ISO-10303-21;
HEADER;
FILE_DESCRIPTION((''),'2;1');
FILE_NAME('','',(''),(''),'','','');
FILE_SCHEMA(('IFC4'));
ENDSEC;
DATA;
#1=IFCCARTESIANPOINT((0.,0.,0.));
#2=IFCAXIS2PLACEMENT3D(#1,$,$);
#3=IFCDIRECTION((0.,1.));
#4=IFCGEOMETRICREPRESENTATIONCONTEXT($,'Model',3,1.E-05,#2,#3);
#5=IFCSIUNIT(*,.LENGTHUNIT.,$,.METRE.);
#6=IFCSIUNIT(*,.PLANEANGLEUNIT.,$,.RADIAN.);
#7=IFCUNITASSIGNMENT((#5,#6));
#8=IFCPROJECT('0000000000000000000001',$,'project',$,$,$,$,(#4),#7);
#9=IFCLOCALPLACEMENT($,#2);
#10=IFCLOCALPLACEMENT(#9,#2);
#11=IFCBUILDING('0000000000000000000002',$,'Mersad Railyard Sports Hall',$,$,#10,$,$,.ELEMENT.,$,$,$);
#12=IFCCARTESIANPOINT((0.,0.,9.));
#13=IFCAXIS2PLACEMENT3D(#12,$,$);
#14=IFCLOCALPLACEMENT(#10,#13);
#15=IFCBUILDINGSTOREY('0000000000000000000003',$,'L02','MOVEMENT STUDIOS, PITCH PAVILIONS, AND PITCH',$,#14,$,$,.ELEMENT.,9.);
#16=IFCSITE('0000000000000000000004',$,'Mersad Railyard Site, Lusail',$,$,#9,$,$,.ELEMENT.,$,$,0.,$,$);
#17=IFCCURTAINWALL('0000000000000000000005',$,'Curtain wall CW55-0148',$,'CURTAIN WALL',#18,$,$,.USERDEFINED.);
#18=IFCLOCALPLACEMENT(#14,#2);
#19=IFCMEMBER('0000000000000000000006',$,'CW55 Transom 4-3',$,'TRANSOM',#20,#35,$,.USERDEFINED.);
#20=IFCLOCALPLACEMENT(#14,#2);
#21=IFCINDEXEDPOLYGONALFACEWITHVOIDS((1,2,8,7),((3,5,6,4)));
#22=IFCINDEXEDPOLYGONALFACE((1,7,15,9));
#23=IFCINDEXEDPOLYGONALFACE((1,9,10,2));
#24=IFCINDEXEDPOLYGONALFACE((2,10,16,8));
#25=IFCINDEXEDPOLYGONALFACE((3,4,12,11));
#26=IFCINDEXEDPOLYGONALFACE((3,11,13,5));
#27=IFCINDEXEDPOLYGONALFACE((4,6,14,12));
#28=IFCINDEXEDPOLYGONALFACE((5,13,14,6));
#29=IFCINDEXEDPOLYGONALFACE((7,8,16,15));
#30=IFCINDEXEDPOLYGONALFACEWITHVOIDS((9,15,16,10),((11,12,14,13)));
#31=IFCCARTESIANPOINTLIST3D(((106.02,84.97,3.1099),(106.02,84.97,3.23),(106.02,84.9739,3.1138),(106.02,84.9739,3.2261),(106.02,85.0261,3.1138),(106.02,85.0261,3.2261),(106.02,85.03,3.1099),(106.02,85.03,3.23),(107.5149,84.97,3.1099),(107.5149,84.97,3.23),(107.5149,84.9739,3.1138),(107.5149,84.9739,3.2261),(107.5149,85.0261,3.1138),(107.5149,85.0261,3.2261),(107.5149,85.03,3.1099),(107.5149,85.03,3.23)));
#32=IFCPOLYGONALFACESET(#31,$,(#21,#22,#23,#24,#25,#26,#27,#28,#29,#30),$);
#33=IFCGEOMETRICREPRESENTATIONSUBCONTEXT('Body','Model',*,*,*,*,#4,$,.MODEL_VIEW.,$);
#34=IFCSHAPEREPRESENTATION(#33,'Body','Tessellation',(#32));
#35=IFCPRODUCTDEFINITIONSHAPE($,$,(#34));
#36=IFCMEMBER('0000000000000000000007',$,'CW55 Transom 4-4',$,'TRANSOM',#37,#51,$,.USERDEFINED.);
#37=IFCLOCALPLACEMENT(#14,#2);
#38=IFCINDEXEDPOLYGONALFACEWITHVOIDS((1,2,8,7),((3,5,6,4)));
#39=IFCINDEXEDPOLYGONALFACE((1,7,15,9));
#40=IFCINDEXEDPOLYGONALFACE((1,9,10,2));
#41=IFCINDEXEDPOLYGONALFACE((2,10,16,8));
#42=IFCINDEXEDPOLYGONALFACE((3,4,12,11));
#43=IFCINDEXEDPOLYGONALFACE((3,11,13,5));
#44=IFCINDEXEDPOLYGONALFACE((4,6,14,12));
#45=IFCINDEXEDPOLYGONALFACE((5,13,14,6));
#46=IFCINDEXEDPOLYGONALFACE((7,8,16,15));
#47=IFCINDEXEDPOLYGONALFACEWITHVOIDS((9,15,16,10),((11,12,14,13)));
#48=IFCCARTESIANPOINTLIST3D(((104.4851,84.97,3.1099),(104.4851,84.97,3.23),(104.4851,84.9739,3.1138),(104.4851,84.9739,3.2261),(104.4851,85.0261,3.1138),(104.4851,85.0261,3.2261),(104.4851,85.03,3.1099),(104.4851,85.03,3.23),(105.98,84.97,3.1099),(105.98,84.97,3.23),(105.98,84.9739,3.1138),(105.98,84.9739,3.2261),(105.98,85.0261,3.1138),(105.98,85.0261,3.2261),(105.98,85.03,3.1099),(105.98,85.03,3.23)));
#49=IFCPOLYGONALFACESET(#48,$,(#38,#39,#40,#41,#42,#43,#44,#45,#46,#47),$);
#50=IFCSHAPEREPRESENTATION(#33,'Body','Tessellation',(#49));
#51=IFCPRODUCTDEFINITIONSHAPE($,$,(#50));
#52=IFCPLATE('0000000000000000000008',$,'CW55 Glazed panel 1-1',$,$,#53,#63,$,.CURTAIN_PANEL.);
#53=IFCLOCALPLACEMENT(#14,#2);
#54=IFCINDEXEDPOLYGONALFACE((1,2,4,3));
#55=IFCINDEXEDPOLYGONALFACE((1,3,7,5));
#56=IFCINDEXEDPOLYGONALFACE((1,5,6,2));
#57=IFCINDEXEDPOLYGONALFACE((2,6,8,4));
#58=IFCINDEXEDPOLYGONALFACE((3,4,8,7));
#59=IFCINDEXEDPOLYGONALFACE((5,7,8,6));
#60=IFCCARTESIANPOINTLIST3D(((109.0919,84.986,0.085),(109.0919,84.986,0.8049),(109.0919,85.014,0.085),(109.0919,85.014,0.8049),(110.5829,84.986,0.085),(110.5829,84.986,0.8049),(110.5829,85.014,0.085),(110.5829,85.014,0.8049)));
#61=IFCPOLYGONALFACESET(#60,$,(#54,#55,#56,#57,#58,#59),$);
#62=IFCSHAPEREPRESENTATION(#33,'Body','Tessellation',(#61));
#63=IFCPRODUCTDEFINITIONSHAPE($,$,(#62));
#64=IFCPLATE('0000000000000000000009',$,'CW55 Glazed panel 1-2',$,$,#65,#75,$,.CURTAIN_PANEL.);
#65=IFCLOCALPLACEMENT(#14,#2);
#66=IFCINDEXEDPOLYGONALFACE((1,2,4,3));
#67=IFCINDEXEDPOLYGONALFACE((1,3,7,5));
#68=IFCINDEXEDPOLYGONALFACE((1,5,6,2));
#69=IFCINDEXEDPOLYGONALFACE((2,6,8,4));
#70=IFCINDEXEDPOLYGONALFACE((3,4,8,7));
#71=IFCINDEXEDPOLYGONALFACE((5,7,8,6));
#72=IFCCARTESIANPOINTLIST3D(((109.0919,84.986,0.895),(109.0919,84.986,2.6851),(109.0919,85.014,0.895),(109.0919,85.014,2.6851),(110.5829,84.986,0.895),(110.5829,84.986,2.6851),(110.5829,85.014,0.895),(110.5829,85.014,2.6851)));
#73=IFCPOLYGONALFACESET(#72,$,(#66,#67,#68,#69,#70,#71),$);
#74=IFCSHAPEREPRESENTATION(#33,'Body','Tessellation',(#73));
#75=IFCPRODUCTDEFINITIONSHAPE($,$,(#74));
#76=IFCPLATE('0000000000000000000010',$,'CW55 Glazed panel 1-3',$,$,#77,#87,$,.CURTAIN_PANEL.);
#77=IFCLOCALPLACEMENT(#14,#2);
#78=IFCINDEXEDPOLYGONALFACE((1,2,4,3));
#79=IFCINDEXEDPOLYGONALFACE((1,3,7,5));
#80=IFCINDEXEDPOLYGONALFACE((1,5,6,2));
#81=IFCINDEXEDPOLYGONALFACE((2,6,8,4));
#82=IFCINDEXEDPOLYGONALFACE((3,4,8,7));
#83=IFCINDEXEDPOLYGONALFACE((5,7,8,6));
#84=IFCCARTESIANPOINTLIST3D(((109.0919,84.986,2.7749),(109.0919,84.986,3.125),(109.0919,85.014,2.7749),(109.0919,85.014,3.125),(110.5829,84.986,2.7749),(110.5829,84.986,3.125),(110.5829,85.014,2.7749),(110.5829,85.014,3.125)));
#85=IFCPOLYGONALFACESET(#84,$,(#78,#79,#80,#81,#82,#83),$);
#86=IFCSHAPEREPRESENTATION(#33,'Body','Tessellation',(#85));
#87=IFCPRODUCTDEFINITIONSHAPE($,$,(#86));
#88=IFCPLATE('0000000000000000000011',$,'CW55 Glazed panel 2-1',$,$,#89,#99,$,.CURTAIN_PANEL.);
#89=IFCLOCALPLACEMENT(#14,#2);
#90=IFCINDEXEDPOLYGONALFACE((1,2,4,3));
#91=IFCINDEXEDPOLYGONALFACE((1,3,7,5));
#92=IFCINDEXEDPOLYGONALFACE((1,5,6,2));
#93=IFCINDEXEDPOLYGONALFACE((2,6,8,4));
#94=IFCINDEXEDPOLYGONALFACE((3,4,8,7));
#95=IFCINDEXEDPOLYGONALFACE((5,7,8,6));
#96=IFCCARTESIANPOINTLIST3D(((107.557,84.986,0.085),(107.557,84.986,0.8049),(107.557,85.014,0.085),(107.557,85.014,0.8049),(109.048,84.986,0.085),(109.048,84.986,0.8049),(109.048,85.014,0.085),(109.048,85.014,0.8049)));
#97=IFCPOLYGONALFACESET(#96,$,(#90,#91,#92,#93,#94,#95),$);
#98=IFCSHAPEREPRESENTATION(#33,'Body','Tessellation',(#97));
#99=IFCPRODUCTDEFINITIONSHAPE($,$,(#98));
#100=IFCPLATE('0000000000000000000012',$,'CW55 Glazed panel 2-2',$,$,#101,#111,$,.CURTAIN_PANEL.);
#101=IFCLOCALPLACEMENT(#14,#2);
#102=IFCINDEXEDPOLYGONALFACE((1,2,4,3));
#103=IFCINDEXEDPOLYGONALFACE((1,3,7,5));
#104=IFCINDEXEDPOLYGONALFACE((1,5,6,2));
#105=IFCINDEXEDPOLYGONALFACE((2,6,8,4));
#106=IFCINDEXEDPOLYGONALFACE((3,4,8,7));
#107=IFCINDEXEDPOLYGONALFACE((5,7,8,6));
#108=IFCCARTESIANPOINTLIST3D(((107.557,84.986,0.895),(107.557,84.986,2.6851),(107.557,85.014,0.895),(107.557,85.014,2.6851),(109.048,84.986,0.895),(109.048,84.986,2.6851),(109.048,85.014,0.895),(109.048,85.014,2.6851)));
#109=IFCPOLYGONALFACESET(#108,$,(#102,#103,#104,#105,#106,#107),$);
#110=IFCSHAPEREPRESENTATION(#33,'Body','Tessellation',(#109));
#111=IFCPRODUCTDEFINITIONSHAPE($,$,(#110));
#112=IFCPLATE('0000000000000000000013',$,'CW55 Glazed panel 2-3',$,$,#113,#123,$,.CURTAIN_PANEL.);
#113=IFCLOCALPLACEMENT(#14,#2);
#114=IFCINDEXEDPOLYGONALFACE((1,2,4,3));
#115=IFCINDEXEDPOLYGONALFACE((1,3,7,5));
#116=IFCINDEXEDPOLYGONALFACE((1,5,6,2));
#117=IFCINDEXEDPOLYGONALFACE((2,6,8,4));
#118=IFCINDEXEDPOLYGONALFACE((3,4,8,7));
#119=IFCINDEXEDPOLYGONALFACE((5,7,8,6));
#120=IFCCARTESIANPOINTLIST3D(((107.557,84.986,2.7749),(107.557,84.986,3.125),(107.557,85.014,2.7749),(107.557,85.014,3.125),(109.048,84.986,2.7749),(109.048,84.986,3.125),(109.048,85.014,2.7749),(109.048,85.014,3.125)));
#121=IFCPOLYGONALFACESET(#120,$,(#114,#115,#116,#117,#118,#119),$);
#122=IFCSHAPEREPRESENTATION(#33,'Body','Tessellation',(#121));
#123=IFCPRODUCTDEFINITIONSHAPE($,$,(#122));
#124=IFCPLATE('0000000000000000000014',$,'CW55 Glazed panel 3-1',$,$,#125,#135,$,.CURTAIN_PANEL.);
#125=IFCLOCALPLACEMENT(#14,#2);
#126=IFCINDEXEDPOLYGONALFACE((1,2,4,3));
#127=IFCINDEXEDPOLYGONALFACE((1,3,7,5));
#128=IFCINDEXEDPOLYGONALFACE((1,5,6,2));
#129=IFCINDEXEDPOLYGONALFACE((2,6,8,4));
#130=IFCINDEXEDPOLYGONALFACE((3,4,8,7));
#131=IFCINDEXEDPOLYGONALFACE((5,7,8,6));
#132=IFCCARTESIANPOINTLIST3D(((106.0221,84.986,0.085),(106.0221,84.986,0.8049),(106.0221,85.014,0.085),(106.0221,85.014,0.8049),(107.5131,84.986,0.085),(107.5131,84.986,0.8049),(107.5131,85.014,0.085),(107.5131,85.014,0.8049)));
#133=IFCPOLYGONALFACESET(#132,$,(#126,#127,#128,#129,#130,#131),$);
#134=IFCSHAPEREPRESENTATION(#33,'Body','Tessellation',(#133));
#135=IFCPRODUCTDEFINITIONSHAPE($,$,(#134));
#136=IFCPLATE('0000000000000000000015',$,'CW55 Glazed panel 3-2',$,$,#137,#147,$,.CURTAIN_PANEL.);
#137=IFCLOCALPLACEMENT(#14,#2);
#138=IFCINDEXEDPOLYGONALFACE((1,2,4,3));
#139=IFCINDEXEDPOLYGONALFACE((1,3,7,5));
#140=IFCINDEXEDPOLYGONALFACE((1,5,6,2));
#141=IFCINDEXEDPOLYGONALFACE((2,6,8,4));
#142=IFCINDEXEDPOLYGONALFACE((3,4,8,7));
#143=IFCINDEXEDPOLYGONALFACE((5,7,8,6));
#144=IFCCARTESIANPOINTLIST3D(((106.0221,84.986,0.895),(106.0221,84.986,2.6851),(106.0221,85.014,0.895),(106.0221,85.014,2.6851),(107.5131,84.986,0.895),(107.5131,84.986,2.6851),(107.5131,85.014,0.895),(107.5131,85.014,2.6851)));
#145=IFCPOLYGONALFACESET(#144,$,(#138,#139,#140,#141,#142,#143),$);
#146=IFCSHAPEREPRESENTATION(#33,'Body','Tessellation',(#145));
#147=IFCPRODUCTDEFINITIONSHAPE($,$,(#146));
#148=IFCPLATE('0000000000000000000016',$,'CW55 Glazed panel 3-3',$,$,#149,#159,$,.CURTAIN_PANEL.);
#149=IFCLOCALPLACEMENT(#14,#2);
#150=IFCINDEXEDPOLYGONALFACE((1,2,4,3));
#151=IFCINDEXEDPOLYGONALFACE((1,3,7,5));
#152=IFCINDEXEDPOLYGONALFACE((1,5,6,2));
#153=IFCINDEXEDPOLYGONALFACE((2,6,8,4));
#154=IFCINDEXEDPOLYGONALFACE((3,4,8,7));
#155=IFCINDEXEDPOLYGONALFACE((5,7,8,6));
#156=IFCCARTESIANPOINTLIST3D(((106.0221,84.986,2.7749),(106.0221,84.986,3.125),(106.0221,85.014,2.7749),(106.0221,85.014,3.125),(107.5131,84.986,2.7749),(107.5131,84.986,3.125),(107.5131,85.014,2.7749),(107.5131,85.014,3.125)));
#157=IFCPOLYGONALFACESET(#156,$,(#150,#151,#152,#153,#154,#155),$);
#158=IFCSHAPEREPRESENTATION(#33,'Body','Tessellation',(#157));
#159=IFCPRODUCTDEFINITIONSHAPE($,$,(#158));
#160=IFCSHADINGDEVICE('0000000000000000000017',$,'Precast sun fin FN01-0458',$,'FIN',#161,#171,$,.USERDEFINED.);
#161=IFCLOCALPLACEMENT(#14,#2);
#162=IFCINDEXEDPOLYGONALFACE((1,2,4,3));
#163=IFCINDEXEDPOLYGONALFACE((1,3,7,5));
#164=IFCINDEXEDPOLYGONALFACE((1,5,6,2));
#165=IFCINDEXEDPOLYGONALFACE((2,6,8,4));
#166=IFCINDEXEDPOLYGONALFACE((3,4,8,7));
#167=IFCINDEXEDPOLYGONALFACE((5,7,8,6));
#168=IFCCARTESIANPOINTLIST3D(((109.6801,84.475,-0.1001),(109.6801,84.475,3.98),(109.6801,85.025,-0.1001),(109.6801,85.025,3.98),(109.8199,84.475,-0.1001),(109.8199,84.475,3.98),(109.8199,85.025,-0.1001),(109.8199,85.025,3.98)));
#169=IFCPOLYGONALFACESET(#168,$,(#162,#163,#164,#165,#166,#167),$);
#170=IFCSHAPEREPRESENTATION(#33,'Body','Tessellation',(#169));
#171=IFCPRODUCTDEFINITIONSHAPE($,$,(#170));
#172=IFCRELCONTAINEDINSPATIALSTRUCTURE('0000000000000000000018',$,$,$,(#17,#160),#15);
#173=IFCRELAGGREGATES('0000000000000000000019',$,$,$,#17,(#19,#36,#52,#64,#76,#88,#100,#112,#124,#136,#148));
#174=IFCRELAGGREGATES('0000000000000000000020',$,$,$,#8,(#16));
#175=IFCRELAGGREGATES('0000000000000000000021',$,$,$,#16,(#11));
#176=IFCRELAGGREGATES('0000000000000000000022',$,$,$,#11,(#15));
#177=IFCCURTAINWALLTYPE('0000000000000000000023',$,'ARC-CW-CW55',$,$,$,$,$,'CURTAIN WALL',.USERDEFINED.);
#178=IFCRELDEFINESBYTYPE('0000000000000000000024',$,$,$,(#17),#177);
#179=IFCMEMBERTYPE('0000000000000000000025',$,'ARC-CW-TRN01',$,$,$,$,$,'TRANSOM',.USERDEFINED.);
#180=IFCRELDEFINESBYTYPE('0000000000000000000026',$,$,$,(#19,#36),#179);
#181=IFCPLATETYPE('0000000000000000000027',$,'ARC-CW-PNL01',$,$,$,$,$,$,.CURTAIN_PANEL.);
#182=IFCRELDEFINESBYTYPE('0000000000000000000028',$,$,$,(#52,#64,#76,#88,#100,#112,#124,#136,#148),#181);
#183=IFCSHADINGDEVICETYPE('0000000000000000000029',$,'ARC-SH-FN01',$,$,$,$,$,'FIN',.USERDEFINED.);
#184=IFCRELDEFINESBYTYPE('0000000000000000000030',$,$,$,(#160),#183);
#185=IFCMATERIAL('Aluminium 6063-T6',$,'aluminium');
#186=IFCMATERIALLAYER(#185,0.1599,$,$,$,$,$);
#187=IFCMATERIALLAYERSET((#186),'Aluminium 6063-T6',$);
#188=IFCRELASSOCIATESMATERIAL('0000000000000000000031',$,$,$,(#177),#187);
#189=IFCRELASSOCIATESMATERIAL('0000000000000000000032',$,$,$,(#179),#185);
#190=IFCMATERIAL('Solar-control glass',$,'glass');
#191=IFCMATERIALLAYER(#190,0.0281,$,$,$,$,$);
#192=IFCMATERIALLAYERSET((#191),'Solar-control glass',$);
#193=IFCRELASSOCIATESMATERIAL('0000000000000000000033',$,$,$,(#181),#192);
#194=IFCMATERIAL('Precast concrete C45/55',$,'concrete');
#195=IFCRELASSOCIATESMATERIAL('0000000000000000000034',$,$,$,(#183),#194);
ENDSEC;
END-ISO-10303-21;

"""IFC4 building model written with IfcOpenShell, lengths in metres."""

from ifc_helpers import new_model, si_unit, direction, frame, origin, origin_2d, place, context, subcontext, project, spatial, rectangle, hollow_rectangle, extrude, material, layer, layer_set, material_profile, profile_set, type_object, element, aggregate, save


model = new_model("IFC4")

# Units and contexts
model_context = context("Model", 3, precision=1e-05, world=origin(), true_north=direction((0.0, 1.0)))
body_context = subcontext(model_context, "Body", "Model", "MODEL_VIEW")
ifc_project = project(units=[si_unit("LENGTHUNIT", "METRE"), si_unit("PLANEANGLEUNIT", "RADIAN")], contexts=[model_context])

# Site, building, storey
site_placement = place(None, origin())
site = spatial("IfcSite", under=ifc_project, at=site_placement, Name="Mersad Railyard Site, Lusail", CompositionType="ELEMENT", RefElevation=0.0)
building_placement = place(site_placement, origin())
building = spatial("IfcBuilding", under=site, at=building_placement, Name="Mersad Railyard Sports Hall", CompositionType="ELEMENT")
storey_placement = place(building_placement, frame((0.0, 0.0, 9.0)))
storey = spatial("IfcBuildingStorey", under=building, at=storey_placement, Name="L02", Description="MOVEMENT STUDIOS, PITCH PAVILIONS, AND PITCH", CompositionType="ELEMENT", Elevation=9.0)

# Curtain wall, members, plates
ifc_material_1 = material(Name="Aluminium 6063-T6", Category="aluminium")
ifc_layer_1 = layer(ifc_material_1, 0.1599)
ifc_layer_set_1 = layer_set([ifc_layer_1], Name="Aluminium 6063-T6")
curtain_wall_type = type_object("IfcCurtainWallType", Name="ARC-CW-CW55", ElementType="CURTAIN WALL", PredefinedType="USERDEFINED", material=ifc_layer_set_1)
curtain_wall_placement = place(storey_placement, origin())
curtain_wall = element("IfcCurtainWall", 1, at=curtain_wall_placement, inside=storey, type_object=curtain_wall_type, Name="Curtain wall CW55-0148", ObjectType="CURTAIN WALL", PredefinedType="USERDEFINED")
ifc_material_profile_1 = material_profile(ifc_material_1, hollow_rectangle(XDim=0.0601, YDim=0.1201, WallThickness=0.0039, at=origin_2d()), Name="AL TRANSOM 60x120x4")
ifc_profile_set_1 = profile_set([ifc_material_profile_1], Name="Aluminium 6063-T6")
member_type_1 = type_object("IfcMemberType", Name="ARC-CW-TRN01", ElementType="TRANSOM", PredefinedType="USERDEFINED", material=ifc_profile_set_1)
member_1_placement = place(storey_placement, frame((107.5149, 85.0, 3.1699), z_axis=(-1.0, 0.0, 0.0), x_axis=(0.0, -1.0, 0.0)))
member_1 = element("IfcMember", 2, at=member_1_placement, type_object=member_type_1, Name="CW55 Transom 4-3", ObjectType="TRANSOM", PredefinedType="USERDEFINED", context=body_context, shape_type="SweptSolid", body=[
    extrude(hollow_rectangle(XDim=0.0601, YDim=0.1201, WallThickness=0.0039, at=origin_2d()), origin(), (0.0, 0.0, 1.0), 1.4949),
])
member_2_placement = place(storey_placement, frame((105.98, 85.0, 3.1699), z_axis=(-1.0, 0.0, 0.0), x_axis=(0.0, -1.0, 0.0)))
member_2 = element("IfcMember", 3, at=member_2_placement, type_object=member_type_1, Name="CW55 Transom 4-4", ObjectType="TRANSOM", PredefinedType="USERDEFINED", context=body_context, shape_type="SweptSolid", body=[
    extrude(hollow_rectangle(XDim=0.0601, YDim=0.1201, WallThickness=0.0039, at=origin_2d()), origin(), (0.0, 0.0, 1.0), 1.4949),
])
ifc_material_2 = material(Name="Solar-control glass", Category="glass")
ifc_layer_2 = layer(ifc_material_2, 0.0281)
ifc_layer_set_2 = layer_set([ifc_layer_2], Name="Solar-control glass")
plate_type = type_object("IfcPlateType", Name="ARC-CW-PNL01", PredefinedType="CURTAIN_PANEL", material=ifc_layer_set_2)
plate_1_placement = place(storey_placement, frame((109.8374, 85.0, 0.085), z_axis=(0.0, 0.0, 1.0), x_axis=(-1.0, 0.0, 0.0)))
plate_1 = element("IfcPlate", 4, at=plate_1_placement, type_object=plate_type, Name="CW55 Glazed panel 1-1", PredefinedType="CURTAIN_PANEL", context=body_context, shape_type="SweptSolid", body=[
    extrude(rectangle(XDim=1.491, YDim=0.0281, at=origin_2d()), origin(), (0.0, 0.0, 1.0), 0.72),
])
plate_2_placement = place(storey_placement, frame((109.8374, 85.0, 0.895), z_axis=(0.0, 0.0, 1.0), x_axis=(-1.0, 0.0, 0.0)))
plate_2 = element("IfcPlate", 5, at=plate_2_placement, type_object=plate_type, Name="CW55 Glazed panel 1-2", PredefinedType="CURTAIN_PANEL", context=body_context, shape_type="SweptSolid", body=[
    extrude(rectangle(XDim=1.491, YDim=0.0281, at=origin_2d()), origin(), (0.0, 0.0, 1.0), 1.79),
])
plate_3_placement = place(storey_placement, frame((109.8374, 85.0, 2.7749), z_axis=(0.0, 0.0, 1.0), x_axis=(-1.0, 0.0, 0.0)))
plate_3 = element("IfcPlate", 6, at=plate_3_placement, type_object=plate_type, Name="CW55 Glazed panel 1-3", PredefinedType="CURTAIN_PANEL", context=body_context, shape_type="SweptSolid", body=[
    extrude(rectangle(XDim=1.491, YDim=0.0281, at=origin_2d()), origin(), (0.0, 0.0, 1.0), 0.3501),
])
plate_4_placement = place(storey_placement, frame((108.3025, 85.0, 0.085), z_axis=(0.0, 0.0, 1.0), x_axis=(-1.0, 0.0, 0.0)))
plate_4 = element("IfcPlate", 7, at=plate_4_placement, type_object=plate_type, Name="CW55 Glazed panel 2-1", PredefinedType="CURTAIN_PANEL", context=body_context, shape_type="SweptSolid", body=[
    extrude(rectangle(XDim=1.491, YDim=0.0281, at=origin_2d()), origin(), (0.0, 0.0, 1.0), 0.72),
])
plate_5_placement = place(storey_placement, frame((108.3025, 85.0, 0.895), z_axis=(0.0, 0.0, 1.0), x_axis=(-1.0, 0.0, 0.0)))
plate_5 = element("IfcPlate", 8, at=plate_5_placement, type_object=plate_type, Name="CW55 Glazed panel 2-2", PredefinedType="CURTAIN_PANEL", context=body_context, shape_type="SweptSolid", body=[
    extrude(rectangle(XDim=1.491, YDim=0.0281, at=origin_2d()), origin(), (0.0, 0.0, 1.0), 1.79),
])
plate_6_placement = place(storey_placement, frame((108.3025, 85.0, 2.7749), z_axis=(0.0, 0.0, 1.0), x_axis=(-1.0, 0.0, 0.0)))
plate_6 = element("IfcPlate", 9, at=plate_6_placement, type_object=plate_type, Name="CW55 Glazed panel 2-3", PredefinedType="CURTAIN_PANEL", context=body_context, shape_type="SweptSolid", body=[
    extrude(rectangle(XDim=1.491, YDim=0.0281, at=origin_2d()), origin(), (0.0, 0.0, 1.0), 0.3501),
])
plate_7_placement = place(storey_placement, frame((106.7676, 85.0, 0.085), z_axis=(0.0, 0.0, 1.0), x_axis=(-1.0, 0.0, 0.0)))
plate_7 = element("IfcPlate", 10, at=plate_7_placement, type_object=plate_type, Name="CW55 Glazed panel 3-1", PredefinedType="CURTAIN_PANEL", context=body_context, shape_type="SweptSolid", body=[
    extrude(rectangle(XDim=1.491, YDim=0.0281, at=origin_2d()), origin(), (0.0, 0.0, 1.0), 0.72),
])
plate_8_placement = place(storey_placement, frame((106.7676, 85.0, 0.895), z_axis=(0.0, 0.0, 1.0), x_axis=(-1.0, 0.0, 0.0)))
plate_8 = element("IfcPlate", 11, at=plate_8_placement, type_object=plate_type, Name="CW55 Glazed panel 3-2", PredefinedType="CURTAIN_PANEL", context=body_context, shape_type="SweptSolid", body=[
    extrude(rectangle(XDim=1.491, YDim=0.0281, at=origin_2d()), origin(), (0.0, 0.0, 1.0), 1.79),
])
plate_9_placement = place(storey_placement, frame((106.7676, 85.0, 2.7749), z_axis=(0.0, 0.0, 1.0), x_axis=(-1.0, 0.0, 0.0)))
plate_9 = element("IfcPlate", 12, at=plate_9_placement, type_object=plate_type, Name="CW55 Glazed panel 3-3", PredefinedType="CURTAIN_PANEL", context=body_context, shape_type="SweptSolid", body=[
    extrude(rectangle(XDim=1.491, YDim=0.0281, at=origin_2d()), origin(), (0.0, 0.0, 1.0), 0.3501),
])
aggregate(curtain_wall, [member_1, member_2, plate_1, plate_2, plate_3, plate_4, plate_5, plate_6, plate_7, plate_8, plate_9])

# Shading device
ifc_material_3 = material(Name="Precast concrete C45/55", Category="concrete")
shading_device_type = type_object("IfcShadingDeviceType", Name="ARC-SH-FN01", ElementType="FIN", PredefinedType="USERDEFINED", material=ifc_material_3)
shading_device_placement = place(storey_placement, frame((109.75, 84.75, -0.1001), z_axis=(0.0, 0.0, 1.0), x_axis=(1.0, 0.0, 0.0)))
element("IfcShadingDevice", 13, at=shading_device_placement, inside=storey, type_object=shading_device_type, Name="Precast sun fin FN01-0458", ObjectType="FIN", PredefinedType="USERDEFINED", context=body_context, shape_type="SweptSolid", body=[
    extrude(rectangle(XDim=0.1399, YDim=0.55, at=origin_2d()), origin(), (0.0, 0.0, 1.0), 4.0801),
])

save(model, "model.ifc")
